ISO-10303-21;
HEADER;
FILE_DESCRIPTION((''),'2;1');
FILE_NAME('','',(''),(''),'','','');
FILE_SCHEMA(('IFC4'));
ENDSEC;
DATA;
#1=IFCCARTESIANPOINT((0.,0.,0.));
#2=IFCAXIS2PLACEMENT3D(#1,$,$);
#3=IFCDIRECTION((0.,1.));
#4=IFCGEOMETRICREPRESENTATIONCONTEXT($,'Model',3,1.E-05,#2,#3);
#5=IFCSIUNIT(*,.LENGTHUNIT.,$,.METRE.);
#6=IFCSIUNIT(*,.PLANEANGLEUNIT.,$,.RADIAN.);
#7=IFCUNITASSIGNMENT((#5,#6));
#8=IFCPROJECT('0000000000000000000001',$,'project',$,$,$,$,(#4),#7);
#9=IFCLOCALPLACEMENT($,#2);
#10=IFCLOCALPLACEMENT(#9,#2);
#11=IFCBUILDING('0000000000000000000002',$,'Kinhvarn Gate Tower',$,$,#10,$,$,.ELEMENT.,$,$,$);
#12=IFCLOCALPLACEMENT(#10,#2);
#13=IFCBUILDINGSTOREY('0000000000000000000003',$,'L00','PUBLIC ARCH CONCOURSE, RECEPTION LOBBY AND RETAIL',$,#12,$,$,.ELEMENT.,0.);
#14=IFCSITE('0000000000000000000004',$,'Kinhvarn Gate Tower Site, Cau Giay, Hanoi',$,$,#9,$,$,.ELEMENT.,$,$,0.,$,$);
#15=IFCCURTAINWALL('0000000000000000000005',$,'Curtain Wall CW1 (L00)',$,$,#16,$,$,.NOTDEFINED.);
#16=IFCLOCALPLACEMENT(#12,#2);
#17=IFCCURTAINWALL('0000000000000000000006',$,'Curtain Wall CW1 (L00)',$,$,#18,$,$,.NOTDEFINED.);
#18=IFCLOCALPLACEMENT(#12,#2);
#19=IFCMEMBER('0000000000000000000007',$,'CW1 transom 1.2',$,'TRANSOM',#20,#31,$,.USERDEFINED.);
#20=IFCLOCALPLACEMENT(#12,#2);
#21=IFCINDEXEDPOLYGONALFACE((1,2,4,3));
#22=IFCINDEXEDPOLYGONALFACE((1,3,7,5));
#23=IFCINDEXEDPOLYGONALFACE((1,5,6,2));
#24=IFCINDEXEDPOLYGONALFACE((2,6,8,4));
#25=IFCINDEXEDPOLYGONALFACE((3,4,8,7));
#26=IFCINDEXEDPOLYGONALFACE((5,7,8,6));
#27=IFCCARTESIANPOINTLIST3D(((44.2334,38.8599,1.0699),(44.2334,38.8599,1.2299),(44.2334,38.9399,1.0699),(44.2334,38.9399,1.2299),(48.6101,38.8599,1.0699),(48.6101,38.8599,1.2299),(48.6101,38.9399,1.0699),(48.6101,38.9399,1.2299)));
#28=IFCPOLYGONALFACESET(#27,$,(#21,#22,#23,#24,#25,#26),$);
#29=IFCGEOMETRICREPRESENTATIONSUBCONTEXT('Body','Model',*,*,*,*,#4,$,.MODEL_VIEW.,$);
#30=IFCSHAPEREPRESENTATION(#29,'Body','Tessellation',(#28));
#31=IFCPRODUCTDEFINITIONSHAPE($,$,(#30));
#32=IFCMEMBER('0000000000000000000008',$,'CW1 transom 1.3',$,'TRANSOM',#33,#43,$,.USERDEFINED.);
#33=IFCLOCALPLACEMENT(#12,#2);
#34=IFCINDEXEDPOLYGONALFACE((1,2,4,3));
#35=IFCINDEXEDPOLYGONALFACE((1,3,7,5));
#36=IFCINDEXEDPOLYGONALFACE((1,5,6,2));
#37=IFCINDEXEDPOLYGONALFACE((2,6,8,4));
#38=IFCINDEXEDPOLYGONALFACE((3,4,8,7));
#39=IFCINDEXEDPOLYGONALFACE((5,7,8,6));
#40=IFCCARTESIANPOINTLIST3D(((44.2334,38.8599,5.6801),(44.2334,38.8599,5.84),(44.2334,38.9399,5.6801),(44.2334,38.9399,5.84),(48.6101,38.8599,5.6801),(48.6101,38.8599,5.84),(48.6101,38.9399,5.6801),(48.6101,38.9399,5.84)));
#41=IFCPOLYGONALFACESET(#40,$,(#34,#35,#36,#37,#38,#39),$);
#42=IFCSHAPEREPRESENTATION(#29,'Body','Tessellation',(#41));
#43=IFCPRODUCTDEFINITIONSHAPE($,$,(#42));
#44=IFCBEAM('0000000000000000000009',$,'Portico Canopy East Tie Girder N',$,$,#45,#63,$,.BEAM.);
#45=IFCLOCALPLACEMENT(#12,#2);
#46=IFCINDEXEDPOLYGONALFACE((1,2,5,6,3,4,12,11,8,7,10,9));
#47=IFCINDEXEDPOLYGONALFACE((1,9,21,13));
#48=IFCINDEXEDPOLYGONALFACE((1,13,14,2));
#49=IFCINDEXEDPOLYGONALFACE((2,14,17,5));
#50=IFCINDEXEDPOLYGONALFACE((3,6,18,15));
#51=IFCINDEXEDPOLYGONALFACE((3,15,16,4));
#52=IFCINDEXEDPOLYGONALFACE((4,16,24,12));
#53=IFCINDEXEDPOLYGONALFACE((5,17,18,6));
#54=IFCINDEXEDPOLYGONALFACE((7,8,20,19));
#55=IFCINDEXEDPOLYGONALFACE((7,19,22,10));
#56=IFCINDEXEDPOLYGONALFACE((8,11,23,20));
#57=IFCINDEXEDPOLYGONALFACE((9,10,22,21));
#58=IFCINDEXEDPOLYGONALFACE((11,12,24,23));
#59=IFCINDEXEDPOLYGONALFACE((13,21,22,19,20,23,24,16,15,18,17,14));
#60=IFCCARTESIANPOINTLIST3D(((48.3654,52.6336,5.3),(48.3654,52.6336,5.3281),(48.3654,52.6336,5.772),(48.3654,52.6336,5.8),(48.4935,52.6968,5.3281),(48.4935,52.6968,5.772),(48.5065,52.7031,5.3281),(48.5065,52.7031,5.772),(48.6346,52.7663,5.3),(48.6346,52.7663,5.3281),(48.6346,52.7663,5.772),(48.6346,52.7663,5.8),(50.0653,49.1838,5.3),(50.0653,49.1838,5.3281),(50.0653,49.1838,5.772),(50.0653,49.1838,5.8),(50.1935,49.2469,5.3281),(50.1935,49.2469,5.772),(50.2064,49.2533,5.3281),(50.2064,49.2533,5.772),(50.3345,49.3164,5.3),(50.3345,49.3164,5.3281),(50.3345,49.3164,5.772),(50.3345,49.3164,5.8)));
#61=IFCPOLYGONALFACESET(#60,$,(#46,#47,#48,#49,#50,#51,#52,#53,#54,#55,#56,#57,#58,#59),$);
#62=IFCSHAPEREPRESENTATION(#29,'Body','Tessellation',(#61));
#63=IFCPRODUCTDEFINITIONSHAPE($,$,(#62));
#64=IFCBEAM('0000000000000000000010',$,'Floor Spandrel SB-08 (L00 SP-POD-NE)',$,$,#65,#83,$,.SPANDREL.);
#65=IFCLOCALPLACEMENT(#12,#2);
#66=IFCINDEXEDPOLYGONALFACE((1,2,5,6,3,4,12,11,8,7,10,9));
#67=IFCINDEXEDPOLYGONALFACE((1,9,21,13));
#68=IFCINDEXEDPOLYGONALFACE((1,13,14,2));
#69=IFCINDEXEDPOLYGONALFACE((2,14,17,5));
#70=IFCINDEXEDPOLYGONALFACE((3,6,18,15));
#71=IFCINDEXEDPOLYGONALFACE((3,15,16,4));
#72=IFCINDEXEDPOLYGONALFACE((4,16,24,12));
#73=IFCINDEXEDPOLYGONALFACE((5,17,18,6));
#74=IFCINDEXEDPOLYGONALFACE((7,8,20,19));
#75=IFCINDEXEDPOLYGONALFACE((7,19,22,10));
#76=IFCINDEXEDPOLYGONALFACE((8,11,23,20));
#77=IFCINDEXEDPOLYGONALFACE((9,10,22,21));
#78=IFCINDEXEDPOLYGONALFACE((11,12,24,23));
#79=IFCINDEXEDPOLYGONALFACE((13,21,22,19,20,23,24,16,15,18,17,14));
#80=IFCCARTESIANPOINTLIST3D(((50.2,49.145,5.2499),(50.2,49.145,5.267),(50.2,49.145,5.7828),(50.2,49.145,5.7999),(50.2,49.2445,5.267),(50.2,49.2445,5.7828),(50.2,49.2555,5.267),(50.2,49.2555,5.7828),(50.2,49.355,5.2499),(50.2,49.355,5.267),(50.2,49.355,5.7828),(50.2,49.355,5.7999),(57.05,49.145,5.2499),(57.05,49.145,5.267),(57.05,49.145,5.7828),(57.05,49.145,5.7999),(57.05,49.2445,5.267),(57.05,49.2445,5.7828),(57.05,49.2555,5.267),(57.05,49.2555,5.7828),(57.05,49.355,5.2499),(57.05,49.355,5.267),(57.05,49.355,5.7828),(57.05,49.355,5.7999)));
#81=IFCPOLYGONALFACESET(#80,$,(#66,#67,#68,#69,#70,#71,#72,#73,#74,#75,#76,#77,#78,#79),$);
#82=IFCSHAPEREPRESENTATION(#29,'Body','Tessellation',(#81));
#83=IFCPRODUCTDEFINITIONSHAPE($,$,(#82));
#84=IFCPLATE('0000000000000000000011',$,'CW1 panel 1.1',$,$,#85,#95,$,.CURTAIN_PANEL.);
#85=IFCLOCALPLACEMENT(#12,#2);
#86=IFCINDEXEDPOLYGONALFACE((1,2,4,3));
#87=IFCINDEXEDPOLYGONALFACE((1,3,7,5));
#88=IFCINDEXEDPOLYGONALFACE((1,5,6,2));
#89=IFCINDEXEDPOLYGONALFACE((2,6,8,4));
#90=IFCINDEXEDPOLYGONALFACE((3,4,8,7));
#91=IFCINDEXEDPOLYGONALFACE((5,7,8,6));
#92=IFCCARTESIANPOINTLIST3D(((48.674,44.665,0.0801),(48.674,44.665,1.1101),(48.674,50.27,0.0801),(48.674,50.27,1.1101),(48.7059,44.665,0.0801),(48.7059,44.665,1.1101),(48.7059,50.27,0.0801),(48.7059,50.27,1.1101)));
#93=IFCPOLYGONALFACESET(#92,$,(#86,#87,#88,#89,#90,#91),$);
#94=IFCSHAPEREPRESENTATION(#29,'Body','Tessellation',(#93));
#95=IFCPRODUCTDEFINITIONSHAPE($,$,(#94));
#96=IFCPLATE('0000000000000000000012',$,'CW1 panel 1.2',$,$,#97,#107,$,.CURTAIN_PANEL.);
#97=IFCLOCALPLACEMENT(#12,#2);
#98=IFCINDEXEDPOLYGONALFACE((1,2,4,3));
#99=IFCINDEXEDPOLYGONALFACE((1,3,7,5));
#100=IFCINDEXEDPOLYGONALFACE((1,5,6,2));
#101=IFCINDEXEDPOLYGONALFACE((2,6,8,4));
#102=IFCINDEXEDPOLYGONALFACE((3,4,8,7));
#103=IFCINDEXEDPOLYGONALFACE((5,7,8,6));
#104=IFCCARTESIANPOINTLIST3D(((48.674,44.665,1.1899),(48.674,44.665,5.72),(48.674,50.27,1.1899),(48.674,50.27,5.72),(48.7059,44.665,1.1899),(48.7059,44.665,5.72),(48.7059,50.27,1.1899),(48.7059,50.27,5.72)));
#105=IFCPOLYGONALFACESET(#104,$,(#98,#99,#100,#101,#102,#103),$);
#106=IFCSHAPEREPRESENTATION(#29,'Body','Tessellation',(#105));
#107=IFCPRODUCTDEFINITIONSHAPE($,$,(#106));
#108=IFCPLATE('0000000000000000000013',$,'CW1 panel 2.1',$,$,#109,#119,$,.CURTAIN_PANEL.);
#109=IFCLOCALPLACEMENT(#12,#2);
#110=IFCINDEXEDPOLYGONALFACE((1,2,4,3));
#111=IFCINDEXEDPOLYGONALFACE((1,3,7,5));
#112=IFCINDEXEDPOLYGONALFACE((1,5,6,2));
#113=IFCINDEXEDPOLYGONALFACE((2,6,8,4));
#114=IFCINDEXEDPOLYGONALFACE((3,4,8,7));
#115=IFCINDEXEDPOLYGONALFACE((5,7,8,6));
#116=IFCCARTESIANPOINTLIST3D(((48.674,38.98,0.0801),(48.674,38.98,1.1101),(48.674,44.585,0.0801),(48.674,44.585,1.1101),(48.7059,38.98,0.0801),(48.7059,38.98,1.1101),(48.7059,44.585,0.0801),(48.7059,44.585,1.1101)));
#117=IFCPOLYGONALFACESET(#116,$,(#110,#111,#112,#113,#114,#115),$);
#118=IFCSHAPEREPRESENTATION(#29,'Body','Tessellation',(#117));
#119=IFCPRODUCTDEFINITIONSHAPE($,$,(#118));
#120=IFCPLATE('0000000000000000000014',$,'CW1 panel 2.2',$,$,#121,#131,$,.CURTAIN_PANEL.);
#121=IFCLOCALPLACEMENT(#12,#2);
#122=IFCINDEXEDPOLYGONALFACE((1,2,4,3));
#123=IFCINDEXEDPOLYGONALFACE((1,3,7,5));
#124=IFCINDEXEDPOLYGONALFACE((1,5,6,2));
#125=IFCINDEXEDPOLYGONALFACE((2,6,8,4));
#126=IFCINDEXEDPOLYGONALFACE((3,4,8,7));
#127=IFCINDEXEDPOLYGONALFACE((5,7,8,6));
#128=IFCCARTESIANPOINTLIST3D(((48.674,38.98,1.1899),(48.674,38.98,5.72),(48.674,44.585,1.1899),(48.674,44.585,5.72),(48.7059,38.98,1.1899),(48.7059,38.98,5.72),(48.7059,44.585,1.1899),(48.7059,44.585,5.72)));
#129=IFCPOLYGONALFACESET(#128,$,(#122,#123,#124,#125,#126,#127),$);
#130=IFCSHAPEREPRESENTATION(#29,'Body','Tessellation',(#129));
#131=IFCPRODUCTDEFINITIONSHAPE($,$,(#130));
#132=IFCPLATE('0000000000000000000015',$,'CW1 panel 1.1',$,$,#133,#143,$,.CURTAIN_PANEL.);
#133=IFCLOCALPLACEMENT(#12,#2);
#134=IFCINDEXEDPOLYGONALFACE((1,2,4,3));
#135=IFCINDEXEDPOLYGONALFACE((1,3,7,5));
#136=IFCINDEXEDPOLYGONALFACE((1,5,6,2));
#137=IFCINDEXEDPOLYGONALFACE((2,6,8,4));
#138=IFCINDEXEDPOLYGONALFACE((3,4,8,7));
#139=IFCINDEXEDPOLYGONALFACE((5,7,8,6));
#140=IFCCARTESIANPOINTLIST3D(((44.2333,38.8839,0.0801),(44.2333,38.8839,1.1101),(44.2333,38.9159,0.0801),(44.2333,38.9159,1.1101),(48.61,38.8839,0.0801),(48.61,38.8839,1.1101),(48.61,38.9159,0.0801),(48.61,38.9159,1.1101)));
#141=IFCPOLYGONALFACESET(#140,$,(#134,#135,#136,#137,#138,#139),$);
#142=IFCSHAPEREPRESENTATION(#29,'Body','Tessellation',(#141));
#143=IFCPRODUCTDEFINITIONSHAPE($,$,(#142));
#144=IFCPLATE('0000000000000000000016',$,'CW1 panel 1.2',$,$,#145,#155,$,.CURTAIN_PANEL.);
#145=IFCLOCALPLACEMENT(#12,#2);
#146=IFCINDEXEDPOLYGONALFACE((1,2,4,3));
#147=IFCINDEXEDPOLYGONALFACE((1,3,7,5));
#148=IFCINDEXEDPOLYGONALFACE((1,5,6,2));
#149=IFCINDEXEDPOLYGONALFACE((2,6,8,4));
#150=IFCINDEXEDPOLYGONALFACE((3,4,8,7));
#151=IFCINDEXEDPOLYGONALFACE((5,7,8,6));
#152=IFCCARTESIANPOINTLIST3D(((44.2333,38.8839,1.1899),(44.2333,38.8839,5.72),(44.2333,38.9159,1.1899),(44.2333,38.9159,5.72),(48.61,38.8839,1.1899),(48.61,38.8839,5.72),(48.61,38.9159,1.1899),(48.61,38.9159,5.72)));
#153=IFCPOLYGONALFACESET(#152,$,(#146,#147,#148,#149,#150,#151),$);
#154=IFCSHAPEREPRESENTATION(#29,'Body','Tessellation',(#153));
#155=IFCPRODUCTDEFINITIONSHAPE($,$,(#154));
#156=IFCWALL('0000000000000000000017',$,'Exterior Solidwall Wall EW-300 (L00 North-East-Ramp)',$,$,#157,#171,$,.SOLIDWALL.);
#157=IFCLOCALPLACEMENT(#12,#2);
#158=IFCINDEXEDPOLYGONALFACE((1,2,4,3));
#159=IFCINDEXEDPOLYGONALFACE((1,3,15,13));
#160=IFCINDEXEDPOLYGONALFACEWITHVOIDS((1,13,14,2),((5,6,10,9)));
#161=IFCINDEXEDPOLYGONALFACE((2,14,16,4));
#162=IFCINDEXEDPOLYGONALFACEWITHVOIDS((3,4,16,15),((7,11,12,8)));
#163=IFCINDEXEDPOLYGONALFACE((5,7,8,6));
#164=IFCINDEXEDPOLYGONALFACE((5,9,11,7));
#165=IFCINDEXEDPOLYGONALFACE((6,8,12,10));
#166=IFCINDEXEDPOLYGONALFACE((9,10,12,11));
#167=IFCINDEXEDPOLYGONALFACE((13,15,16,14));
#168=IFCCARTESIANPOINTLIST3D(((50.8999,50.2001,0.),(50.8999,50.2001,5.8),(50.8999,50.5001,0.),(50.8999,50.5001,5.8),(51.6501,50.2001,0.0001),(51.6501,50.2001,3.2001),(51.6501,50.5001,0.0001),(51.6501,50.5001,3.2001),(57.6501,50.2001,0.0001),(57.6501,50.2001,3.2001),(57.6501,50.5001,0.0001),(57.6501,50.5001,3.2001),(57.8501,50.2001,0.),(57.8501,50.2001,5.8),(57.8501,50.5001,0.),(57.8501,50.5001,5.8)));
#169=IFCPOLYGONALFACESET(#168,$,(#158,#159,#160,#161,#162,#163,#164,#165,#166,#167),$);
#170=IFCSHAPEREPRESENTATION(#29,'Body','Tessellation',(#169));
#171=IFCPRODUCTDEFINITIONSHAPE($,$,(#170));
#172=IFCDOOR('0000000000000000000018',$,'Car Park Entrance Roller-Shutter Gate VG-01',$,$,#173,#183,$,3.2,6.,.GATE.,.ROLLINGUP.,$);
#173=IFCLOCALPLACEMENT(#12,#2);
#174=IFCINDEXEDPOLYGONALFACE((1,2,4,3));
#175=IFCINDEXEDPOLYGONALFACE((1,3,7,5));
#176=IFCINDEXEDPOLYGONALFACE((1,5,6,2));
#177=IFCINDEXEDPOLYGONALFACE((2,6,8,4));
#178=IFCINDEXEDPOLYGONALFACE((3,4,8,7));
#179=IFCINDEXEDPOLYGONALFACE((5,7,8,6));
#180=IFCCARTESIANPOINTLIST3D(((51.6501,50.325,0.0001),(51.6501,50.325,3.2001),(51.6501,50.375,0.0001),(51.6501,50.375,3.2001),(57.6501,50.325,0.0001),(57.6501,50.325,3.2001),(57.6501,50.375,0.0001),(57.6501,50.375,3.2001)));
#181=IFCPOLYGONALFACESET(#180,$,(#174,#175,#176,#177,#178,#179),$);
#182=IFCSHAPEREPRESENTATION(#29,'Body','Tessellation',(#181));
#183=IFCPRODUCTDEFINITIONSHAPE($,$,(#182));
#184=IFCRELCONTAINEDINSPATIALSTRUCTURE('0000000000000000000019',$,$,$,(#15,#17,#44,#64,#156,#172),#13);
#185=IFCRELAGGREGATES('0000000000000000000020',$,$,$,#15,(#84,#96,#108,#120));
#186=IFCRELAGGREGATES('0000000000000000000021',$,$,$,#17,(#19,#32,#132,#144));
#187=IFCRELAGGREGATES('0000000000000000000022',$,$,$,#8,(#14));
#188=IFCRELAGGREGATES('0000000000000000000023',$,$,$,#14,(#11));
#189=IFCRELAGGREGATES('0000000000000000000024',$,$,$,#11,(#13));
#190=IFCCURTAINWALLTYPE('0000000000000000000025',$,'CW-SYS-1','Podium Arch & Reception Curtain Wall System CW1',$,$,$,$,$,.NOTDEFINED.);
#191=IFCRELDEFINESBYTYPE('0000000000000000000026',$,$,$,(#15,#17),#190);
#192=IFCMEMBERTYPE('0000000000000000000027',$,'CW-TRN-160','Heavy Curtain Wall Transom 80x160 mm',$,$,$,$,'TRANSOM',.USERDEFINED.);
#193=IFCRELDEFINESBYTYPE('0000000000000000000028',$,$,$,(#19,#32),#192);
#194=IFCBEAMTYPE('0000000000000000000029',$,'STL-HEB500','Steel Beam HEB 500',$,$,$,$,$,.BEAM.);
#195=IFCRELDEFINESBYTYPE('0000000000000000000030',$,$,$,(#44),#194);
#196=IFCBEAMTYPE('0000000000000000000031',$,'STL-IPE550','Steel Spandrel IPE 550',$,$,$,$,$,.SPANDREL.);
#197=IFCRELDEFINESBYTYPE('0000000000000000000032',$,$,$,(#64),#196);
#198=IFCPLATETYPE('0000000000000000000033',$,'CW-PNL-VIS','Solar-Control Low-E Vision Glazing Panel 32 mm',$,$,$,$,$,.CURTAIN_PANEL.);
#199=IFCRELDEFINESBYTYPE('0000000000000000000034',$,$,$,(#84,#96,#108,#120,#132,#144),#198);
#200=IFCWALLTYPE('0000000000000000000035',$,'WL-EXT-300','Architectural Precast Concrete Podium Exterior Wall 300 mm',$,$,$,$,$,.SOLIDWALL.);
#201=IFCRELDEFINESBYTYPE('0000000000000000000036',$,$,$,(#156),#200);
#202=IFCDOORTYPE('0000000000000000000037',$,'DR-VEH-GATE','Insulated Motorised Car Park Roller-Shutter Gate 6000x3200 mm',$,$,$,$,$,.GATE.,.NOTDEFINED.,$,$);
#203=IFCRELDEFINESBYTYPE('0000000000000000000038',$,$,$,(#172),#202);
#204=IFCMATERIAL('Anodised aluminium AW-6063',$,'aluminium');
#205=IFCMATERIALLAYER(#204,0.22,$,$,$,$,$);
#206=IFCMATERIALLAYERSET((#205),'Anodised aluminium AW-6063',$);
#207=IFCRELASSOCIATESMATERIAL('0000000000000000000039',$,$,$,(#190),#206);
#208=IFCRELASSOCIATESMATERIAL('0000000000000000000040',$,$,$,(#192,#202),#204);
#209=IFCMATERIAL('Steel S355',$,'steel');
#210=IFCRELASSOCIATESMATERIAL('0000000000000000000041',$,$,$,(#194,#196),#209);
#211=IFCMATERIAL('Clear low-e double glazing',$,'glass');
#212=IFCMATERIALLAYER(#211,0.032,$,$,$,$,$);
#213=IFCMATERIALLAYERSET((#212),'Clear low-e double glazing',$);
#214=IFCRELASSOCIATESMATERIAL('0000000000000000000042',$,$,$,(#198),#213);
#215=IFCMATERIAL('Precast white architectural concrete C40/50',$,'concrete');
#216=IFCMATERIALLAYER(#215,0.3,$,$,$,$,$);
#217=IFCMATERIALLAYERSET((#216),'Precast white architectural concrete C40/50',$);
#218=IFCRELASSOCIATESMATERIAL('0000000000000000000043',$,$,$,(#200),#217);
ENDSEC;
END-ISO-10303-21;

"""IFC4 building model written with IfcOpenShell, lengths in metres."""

from ifc_helpers import new_model, si_unit, direction, frame, frame_2d, origin, origin_2d, place, context, subcontext, project, spatial, rectangle, i_section, extrude, material, layer, layer_set, material_profile, profile_set, type_object, element, fill, aggregate, save


model = new_model("IFC4")

# Units and contexts
model_context = context("Model", 3, precision=1e-05, world=origin(), true_north=direction((0.0, 1.0)))
body_context = subcontext(model_context, "Body", "Model", "MODEL_VIEW")
ifc_project = project(units=[si_unit("LENGTHUNIT", "METRE"), si_unit("PLANEANGLEUNIT", "RADIAN")], contexts=[model_context])

# Site, building, storey
site_placement = place(None, origin())
site = spatial("IfcSite", under=ifc_project, at=site_placement, Name="Kinhvarn Gate Tower Site, Cau Giay, Hanoi", CompositionType="ELEMENT", RefElevation=0.0)
building_placement = place(site_placement, origin())
building = spatial("IfcBuilding", under=site, at=building_placement, Name="Kinhvarn Gate Tower", CompositionType="ELEMENT")
storey_placement = place(building_placement, origin())
storey = spatial("IfcBuildingStorey", under=building, at=storey_placement, Name="L00", Description="PUBLIC ARCH CONCOURSE, RECEPTION LOBBY AND RETAIL", CompositionType="ELEMENT", Elevation=0.0)

# Curtain wall
ifc_material_1 = material(Name="Anodised aluminium AW-6063", Category="aluminium")
ifc_layer_1 = layer(ifc_material_1, 0.22)
ifc_layer_set_1 = layer_set([ifc_layer_1], Name="Anodised aluminium AW-6063")
curtain_wall_type = type_object("IfcCurtainWallType", Name="CW-SYS-1", Description="Podium Arch & Reception Curtain Wall System CW1", PredefinedType="NOTDEFINED", material=ifc_layer_set_1)
curtain_wall_1_placement = place(storey_placement, origin())
curtain_wall_1 = element("IfcCurtainWall", 1, at=curtain_wall_1_placement, inside=storey, type_object=curtain_wall_type, Name="Curtain Wall CW1 (L00)", PredefinedType="NOTDEFINED")

# Curtain wall
curtain_wall_2_placement = place(storey_placement, origin())
curtain_wall_2 = element("IfcCurtainWall", 2, at=curtain_wall_2_placement, inside=storey, type_object=curtain_wall_type, Name="Curtain Wall CW1 (L00)", PredefinedType="NOTDEFINED")

# Members
ifc_material_profile_1 = material_profile(ifc_material_1, rectangle(XDim=0.0801, YDim=0.1599, at=origin_2d()), Name="ALU 80x160")
ifc_profile_set_1 = profile_set([ifc_material_profile_1], Name="Anodised aluminium AW-6063")
member_type_1 = type_object("IfcMemberType", Name="CW-TRN-160", Description="Heavy Curtain Wall Transom 80x160 mm", ElementType="TRANSOM", PredefinedType="USERDEFINED", material=ifc_profile_set_1)
member_1_placement = place(storey_placement, frame((48.6101, 38.8999, 1.1499), z_axis=(-1.0, 0.0, 0.0), x_axis=(0.0, -1.0, 0.0)))
member_1 = element("IfcMember", 3, at=member_1_placement, type_object=member_type_1, Name="CW1 transom 1.2", ObjectType="TRANSOM", PredefinedType="USERDEFINED", context=body_context, shape_type="SweptSolid", body=[
    extrude(rectangle(XDim=0.0801, YDim=0.1599, at=origin_2d()), origin(), (0.0, 0.0, 1.0), 4.3767),
])
member_2_placement = place(storey_placement, frame((48.6101, 38.8999, 5.76), z_axis=(-1.0, 0.0, 0.0), x_axis=(0.0, -1.0, 0.0)))
member_2 = element("IfcMember", 4, at=member_2_placement, type_object=member_type_1, Name="CW1 transom 1.3", ObjectType="TRANSOM", PredefinedType="USERDEFINED", context=body_context, shape_type="SweptSolid", body=[
    extrude(rectangle(XDim=0.0801, YDim=0.1599, at=origin_2d()), origin(), (0.0, 0.0, 1.0), 4.3767),
])

# Beams
ifc_material_2 = material(Name="Steel S355", Category="steel")
ifc_material_profile_2 = material_profile(ifc_material_2, i_section(OverallWidth=0.3, OverallDepth=0.5, WebThickness=0.0144, FlangeThickness=0.0281, at=origin_2d()), Name="HEB 500")
ifc_profile_set_2 = profile_set([ifc_material_profile_2], Name="Steel S355")
beam_type_1 = type_object("IfcBeamType", Name="STL-HEB500", Description="Steel Beam HEB 500", PredefinedType="BEAM", material=ifc_profile_set_2)
beam_1_placement = place(storey_placement, frame((48.5, 52.7, 5.55), z_axis=(0.442001, -0.897015, 0.0), x_axis=(0.897015, 0.442001, 0.0)))
element("IfcBeam", 5, at=beam_1_placement, inside=storey, type_object=beam_type_1, Name="Portico Canopy East Tie Girder N", PredefinedType="BEAM", context=body_context, shape_type="SweptSolid", body=[
    extrude(i_section(OverallWidth=0.3, OverallDepth=0.5, WebThickness=0.0144, FlangeThickness=0.0281, at=origin_2d()), origin(), (0.0, 0.0, 1.0), 3.8459),
])
ifc_material_profile_3 = material_profile(ifc_material_2, i_section(OverallWidth=0.21, OverallDepth=0.55, WebThickness=0.011, FlangeThickness=0.0171, at=origin_2d()), Name="IPE 550")
ifc_profile_set_3 = profile_set([ifc_material_profile_3], Name="Steel S355")
beam_type_2 = type_object("IfcBeamType", Name="STL-IPE550", Description="Steel Spandrel IPE 550", PredefinedType="SPANDREL", material=ifc_profile_set_3)
beam_2_placement = place(storey_placement, frame((50.2, 49.25, 5.5249), z_axis=(1.0, 0.0, 0.0), x_axis=(0.0, 1.0, 0.0)))
element("IfcBeam", 6, at=beam_2_placement, inside=storey, type_object=beam_type_2, Name="Floor Spandrel SB-08 (L00 SP-POD-NE)", PredefinedType="SPANDREL", context=body_context, shape_type="SweptSolid", body=[
    extrude(i_section(OverallWidth=0.21, OverallDepth=0.55, WebThickness=0.011, FlangeThickness=0.0171, at=origin_2d()), origin(), (0.0, 0.0, 1.0), 6.8501),
])

# Plates
ifc_material_3 = material(Name="Clear low-e double glazing", Category="glass")
ifc_layer_2 = layer(ifc_material_3, 0.032)
ifc_layer_set_2 = layer_set([ifc_layer_2], Name="Clear low-e double glazing")
plate_type = type_object("IfcPlateType", Name="CW-PNL-VIS", Description="Solar-Control Low-E Vision Glazing Panel 32 mm", PredefinedType="CURTAIN_PANEL", material=ifc_layer_set_2)
plate_1_placement = place(storey_placement, frame((48.6899, 47.4675, 0.0801), z_axis=(0.0, 0.0, 1.0), x_axis=(0.0, -1.0, 0.0)))
plate_1 = element("IfcPlate", 7, at=plate_1_placement, type_object=plate_type, Name="CW1 panel 1.1", PredefinedType="CURTAIN_PANEL", context=body_context, shape_type="SweptSolid", body=[
    extrude(rectangle(XDim=5.605, YDim=0.032, at=origin_2d()), origin(), (0.0, 0.0, 1.0), 1.03),
])
plate_2_placement = place(storey_placement, frame((48.6899, 47.4675, 1.1899), z_axis=(0.0, 0.0, 1.0), x_axis=(0.0, -1.0, 0.0)))
plate_2 = element("IfcPlate", 8, at=plate_2_placement, type_object=plate_type, Name="CW1 panel 1.2", PredefinedType="CURTAIN_PANEL", context=body_context, shape_type="SweptSolid", body=[
    extrude(rectangle(XDim=5.605, YDim=0.032, at=origin_2d()), origin(), (0.0, 0.0, 1.0), 4.53),
])
plate_3_placement = place(storey_placement, frame((48.6899, 41.7825, 0.0801), z_axis=(0.0, 0.0, 1.0), x_axis=(0.0, -1.0, 0.0)))
plate_3 = element("IfcPlate", 9, at=plate_3_placement, type_object=plate_type, Name="CW1 panel 2.1", PredefinedType="CURTAIN_PANEL", context=body_context, shape_type="SweptSolid", body=[
    extrude(rectangle(XDim=5.605, YDim=0.032, at=origin_2d()), origin(), (0.0, 0.0, 1.0), 1.03),
])
plate_4_placement = place(storey_placement, frame((48.6899, 41.7825, 1.1899), z_axis=(0.0, 0.0, 1.0), x_axis=(0.0, -1.0, 0.0)))
plate_4 = element("IfcPlate", 10, at=plate_4_placement, type_object=plate_type, Name="CW1 panel 2.2", PredefinedType="CURTAIN_PANEL", context=body_context, shape_type="SweptSolid", body=[
    extrude(rectangle(XDim=5.605, YDim=0.032, at=origin_2d()), origin(), (0.0, 0.0, 1.0), 4.53),
])
aggregate(curtain_wall_1, [plate_1, plate_2, plate_3, plate_4])
plate_5_placement = place(storey_placement, frame((46.4216, 38.8999, 0.0801), z_axis=(0.0, 0.0, 1.0), x_axis=(-1.0, 0.0, 0.0)))
plate_5 = element("IfcPlate", 11, at=plate_5_placement, type_object=plate_type, Name="CW1 panel 1.1", PredefinedType="CURTAIN_PANEL", context=body_context, shape_type="SweptSolid", body=[
    extrude(rectangle(XDim=4.3767, YDim=0.032, at=origin_2d()), origin(), (0.0, 0.0, 1.0), 1.03),
])
plate_6_placement = place(storey_placement, frame((46.4216, 38.8999, 1.1899), z_axis=(0.0, 0.0, 1.0), x_axis=(-1.0, 0.0, 0.0)))
plate_6 = element("IfcPlate", 12, at=plate_6_placement, type_object=plate_type, Name="CW1 panel 1.2", PredefinedType="CURTAIN_PANEL", context=body_context, shape_type="SweptSolid", body=[
    extrude(rectangle(XDim=4.3767, YDim=0.032, at=origin_2d()), origin(), (0.0, 0.0, 1.0), 4.53),
])
aggregate(curtain_wall_2, [member_1, member_2, plate_5, plate_6])

# Wall, opening, door
ifc_material_4 = material(Name="Precast white architectural concrete C40/50", Category="concrete")
ifc_layer_3 = layer(ifc_material_4, 0.3)
ifc_layer_set_3 = layer_set([ifc_layer_3], Name="Precast white architectural concrete C40/50")
wall_type = type_object("IfcWallType", Name="WL-EXT-300", Description="Architectural Precast Concrete Podium Exterior Wall 300 mm", PredefinedType="SOLIDWALL", material=ifc_layer_set_3)
wall_1_placement = place(storey_placement, frame((57.8501, 50.3501, 0.0), z_axis=(0.0, 0.0, 1.0), x_axis=(-1.0, 0.0, 0.0)))
wall_1 = element("IfcWall", 13, at=wall_1_placement, inside=storey, type_object=wall_type, Name="Exterior Solidwall Wall EW-300 (L00 North-East-Ramp)", PredefinedType="SOLIDWALL", context=body_context, shape_type="SweptSolid", body=[
    extrude(rectangle(XDim=6.9502, YDim=0.3, at=frame_2d((3.4751, 0.0))), origin(), (0.0, 0.0, 1.0), 5.8),
])
opening_placement = place(wall_1_placement, frame((0.2, 0.0, 0.0)))
opening = element("IfcOpeningElement", 14, at=opening_placement, cuts=wall_1, PredefinedType="OPENING", context=body_context, shape_type="SweptSolid", body=[
    extrude(rectangle(XDim=6.0, YDim=3.2, at=frame_2d((3.0, 1.6001))), frame((0.0, 0.1602, 0.0), z_axis=(0.0, -1.0, 0.0), x_axis=(1.0, 0.0, 0.0)), (0.0, 0.0, 1.0), 0.3201),
])
door_type = type_object("IfcDoorType", Name="DR-VEH-GATE", Description="Insulated Motorised Car Park Roller-Shutter Gate 6000x3200 mm", OperationType="NOTDEFINED", PredefinedType="GATE", material=ifc_material_1)
door_placement = place(opening_placement, frame((6.0, 0.0, 0.0), z_axis=(0.0, 0.0, 1.0), x_axis=(-1.0, 0.0, 0.0)))
door = element("IfcDoor", 15, at=door_placement, inside=storey, type_object=door_type, Name="Car Park Entrance Roller-Shutter Gate VG-01", OperationType="ROLLINGUP", OverallHeight=3.2, OverallWidth=6.0, PredefinedType="GATE", context=body_context, shape_type="SweptSolid", body=[
    extrude(rectangle(XDim=6.0, YDim=3.2, at=frame_2d((3.0, 1.6001))), frame((0.0, 0.0249, 0.0), z_axis=(0.0, -1.0, 0.0), x_axis=(1.0, 0.0, 0.0)), (0.0, 0.0, 1.0), 0.05),
])
fill(opening, door)

save(model, "model.ifc")
